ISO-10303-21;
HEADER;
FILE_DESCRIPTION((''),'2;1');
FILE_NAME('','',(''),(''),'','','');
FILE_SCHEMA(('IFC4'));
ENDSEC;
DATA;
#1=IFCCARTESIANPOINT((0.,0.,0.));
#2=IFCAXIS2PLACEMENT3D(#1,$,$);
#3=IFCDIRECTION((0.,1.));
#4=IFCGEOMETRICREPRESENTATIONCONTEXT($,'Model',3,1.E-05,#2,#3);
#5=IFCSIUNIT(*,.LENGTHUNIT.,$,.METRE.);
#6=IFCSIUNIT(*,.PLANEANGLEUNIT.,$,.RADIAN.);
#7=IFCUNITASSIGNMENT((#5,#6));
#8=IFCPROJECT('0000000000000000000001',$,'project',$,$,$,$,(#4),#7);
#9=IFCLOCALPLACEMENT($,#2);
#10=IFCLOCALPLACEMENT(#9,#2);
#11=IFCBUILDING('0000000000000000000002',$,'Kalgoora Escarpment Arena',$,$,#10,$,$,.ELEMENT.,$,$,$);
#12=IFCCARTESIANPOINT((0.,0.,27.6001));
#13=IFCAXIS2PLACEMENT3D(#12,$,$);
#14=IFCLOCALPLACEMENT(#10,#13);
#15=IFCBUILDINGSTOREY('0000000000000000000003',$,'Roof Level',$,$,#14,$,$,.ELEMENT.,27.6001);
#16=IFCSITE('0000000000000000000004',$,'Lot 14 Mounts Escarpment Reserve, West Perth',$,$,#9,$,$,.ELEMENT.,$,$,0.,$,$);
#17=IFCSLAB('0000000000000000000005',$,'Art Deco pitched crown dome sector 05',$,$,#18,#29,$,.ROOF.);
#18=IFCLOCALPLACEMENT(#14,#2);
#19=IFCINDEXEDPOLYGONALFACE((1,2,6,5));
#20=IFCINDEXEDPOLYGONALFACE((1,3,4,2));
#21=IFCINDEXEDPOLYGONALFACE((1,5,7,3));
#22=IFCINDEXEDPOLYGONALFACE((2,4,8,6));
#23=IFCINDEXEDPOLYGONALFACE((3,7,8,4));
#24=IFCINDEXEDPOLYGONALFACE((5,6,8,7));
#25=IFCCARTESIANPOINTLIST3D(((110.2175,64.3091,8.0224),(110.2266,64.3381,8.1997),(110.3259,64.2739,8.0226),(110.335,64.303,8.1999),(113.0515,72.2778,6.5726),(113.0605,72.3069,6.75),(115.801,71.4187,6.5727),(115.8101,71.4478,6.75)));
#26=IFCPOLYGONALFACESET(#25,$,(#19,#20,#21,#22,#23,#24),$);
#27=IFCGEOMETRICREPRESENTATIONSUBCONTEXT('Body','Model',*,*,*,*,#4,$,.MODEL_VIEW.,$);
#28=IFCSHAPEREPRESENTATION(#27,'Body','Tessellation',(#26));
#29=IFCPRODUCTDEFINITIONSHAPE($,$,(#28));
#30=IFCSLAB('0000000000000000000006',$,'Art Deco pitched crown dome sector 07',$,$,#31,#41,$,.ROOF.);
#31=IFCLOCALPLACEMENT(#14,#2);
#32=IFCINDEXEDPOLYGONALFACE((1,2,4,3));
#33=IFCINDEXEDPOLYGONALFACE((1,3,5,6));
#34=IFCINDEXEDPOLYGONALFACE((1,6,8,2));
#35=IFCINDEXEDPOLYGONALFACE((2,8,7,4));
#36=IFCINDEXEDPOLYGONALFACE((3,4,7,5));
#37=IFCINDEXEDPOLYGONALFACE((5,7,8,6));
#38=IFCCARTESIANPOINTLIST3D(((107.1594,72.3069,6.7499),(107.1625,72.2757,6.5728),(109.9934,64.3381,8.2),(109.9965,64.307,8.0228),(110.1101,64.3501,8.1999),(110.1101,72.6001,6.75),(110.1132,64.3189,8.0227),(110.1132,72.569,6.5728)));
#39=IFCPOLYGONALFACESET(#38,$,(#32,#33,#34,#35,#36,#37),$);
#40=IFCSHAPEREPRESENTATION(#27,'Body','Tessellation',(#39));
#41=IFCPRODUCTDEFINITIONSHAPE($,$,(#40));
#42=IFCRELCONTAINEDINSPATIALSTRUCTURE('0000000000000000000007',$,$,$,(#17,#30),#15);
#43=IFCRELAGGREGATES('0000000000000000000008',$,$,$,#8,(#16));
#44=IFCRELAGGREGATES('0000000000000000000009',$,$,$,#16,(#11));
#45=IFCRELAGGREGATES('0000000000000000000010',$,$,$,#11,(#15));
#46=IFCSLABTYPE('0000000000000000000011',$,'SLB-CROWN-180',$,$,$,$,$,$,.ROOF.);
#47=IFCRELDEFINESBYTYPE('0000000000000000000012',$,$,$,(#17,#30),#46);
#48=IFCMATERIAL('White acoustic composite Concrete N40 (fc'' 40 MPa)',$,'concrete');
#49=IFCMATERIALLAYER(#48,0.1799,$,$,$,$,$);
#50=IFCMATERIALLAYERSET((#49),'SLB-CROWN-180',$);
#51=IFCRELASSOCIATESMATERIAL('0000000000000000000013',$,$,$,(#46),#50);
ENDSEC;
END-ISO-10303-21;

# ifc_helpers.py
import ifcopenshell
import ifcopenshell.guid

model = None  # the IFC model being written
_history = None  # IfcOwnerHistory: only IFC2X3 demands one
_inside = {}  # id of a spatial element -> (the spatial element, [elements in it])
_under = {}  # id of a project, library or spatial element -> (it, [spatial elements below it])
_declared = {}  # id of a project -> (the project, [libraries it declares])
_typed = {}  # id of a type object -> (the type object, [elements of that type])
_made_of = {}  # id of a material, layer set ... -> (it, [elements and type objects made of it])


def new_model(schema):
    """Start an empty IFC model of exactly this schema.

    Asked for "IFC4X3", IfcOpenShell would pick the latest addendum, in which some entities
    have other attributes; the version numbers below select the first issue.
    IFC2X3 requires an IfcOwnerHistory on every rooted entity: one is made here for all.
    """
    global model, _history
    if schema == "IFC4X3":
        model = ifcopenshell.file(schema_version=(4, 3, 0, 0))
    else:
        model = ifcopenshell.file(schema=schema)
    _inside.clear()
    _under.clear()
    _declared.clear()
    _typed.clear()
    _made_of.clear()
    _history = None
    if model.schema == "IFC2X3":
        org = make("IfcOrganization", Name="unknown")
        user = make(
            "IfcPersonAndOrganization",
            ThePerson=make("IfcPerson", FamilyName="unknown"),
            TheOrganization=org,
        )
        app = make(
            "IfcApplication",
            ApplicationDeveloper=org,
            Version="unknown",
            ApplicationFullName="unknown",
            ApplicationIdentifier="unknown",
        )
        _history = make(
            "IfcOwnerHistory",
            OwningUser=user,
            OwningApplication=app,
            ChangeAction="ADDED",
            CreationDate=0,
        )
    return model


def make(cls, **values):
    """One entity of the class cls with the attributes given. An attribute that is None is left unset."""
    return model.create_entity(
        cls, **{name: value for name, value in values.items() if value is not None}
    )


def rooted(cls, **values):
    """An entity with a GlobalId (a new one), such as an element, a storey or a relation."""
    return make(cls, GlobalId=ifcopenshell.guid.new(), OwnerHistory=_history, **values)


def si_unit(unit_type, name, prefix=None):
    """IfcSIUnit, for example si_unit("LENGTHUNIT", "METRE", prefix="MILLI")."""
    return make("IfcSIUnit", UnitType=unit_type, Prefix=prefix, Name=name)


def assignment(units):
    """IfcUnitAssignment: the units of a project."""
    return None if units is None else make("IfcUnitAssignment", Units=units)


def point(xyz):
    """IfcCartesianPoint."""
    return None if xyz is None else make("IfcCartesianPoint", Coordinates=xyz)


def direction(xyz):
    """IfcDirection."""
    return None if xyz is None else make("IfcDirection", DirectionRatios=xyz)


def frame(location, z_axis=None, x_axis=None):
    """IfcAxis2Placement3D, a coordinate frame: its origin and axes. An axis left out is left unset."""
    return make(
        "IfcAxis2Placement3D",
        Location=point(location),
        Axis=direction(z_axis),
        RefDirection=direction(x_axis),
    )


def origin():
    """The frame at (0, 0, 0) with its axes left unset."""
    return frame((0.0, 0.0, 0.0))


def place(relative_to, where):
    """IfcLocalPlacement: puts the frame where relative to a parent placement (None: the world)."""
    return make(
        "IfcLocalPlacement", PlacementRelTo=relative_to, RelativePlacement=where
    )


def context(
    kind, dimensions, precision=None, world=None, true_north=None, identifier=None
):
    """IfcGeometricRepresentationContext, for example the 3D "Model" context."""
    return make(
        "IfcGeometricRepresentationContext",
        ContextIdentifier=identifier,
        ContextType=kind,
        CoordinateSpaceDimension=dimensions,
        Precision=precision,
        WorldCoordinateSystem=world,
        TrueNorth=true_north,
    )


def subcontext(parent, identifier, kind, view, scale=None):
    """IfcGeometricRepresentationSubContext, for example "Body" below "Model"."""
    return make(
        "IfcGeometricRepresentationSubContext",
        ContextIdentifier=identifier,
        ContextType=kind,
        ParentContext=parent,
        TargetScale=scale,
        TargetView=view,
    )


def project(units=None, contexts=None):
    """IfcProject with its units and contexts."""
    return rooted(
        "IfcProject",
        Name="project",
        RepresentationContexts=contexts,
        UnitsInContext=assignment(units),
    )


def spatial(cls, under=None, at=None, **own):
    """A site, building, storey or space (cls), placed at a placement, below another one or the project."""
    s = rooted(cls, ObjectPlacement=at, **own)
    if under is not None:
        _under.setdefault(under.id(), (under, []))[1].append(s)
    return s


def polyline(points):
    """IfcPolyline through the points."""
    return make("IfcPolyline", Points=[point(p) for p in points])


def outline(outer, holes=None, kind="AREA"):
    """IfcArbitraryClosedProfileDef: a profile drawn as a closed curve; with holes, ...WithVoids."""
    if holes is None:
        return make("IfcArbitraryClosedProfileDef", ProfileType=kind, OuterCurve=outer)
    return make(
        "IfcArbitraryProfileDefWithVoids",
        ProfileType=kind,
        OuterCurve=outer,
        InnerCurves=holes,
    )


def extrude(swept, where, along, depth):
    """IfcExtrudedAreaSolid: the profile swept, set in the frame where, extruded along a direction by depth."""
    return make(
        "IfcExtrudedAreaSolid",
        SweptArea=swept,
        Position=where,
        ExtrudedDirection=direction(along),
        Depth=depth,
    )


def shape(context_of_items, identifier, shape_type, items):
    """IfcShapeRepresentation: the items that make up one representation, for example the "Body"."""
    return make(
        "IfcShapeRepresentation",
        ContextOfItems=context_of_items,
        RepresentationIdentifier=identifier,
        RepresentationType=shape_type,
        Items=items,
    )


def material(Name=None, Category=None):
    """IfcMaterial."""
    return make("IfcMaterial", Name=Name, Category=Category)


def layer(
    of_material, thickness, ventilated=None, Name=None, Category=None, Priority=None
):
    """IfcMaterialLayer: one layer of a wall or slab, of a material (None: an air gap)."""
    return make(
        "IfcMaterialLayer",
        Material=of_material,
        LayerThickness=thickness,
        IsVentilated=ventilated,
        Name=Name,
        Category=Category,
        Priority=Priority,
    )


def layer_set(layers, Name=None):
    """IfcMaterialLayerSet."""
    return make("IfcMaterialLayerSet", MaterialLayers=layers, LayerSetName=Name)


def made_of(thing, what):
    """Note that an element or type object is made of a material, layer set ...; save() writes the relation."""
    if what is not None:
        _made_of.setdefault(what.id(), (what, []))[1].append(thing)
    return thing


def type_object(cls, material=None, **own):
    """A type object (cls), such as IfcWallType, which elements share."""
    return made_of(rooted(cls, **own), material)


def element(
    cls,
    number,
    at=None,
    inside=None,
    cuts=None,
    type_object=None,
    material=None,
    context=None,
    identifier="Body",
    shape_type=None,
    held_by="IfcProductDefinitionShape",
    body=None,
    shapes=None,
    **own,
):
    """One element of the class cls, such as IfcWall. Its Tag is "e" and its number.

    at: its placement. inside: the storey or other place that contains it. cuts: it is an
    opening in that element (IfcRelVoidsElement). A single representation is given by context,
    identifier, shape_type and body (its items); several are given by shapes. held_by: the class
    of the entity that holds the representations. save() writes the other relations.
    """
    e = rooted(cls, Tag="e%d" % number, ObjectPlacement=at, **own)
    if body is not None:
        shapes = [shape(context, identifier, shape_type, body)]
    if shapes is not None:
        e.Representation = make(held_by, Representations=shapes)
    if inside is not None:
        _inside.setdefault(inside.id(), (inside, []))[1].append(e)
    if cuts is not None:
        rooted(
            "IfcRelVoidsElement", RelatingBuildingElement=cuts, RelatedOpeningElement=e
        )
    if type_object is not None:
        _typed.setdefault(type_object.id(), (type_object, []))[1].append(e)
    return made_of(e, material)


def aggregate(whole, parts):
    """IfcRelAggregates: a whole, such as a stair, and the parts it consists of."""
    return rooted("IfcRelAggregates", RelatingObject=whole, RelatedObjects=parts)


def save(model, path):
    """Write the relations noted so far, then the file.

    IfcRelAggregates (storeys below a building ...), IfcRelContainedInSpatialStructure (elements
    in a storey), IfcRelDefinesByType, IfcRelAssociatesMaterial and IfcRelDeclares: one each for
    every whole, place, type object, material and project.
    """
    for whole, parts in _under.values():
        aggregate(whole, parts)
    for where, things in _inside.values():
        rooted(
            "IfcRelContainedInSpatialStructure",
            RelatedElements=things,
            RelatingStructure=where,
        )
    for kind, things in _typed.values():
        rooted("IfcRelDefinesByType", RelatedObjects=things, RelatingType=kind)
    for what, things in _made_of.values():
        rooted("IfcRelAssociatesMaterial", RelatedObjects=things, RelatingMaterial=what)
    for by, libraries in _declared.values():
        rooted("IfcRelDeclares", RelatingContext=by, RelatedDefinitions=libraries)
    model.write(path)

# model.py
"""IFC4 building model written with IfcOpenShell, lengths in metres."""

from ifc_helpers import new_model, si_unit, direction, frame, origin, place, context, subcontext, project, spatial, polyline, outline, extrude, material, layer, layer_set, type_object, element, save


model = new_model("IFC4")

# Units and contexts
model_context = context("Model", 3, precision=1e-05, world=origin(), true_north=direction((0.0, 1.0)))
body_context = subcontext(model_context, "Body", "Model", "MODEL_VIEW")
ifc_project = project(units=[si_unit("LENGTHUNIT", "METRE"), si_unit("PLANEANGLEUNIT", "RADIAN")], contexts=[model_context])

# Site, building, storey
site_placement = place(None, origin())
site = spatial("IfcSite", under=ifc_project, at=site_placement, Name="Lot 14 Mounts Escarpment Reserve, West Perth", CompositionType="ELEMENT", RefElevation=0.0)
building_placement = place(site_placement, origin())
building = spatial("IfcBuilding", under=site, at=building_placement, Name="Kalgoora Escarpment Arena", CompositionType="ELEMENT")
storey_placement = place(building_placement, frame((0.0, 0.0, 27.6001)))
storey = spatial("IfcBuildingStorey", under=building, at=storey_placement, Name="Roof Level", CompositionType="ELEMENT", Elevation=27.6001)

# Slabs
ifc_material_1 = material(Name="White acoustic composite Concrete N40 (fc' 40 MPa)", Category="concrete")
ifc_layer_1 = layer(ifc_material_1, 0.1799)
ifc_layer_set_1 = layer_set([ifc_layer_1], Name="SLB-CROWN-180")
slab_type = type_object("IfcSlabType", Name="SLB-CROWN-180", PredefinedType="ROOF", material=ifc_layer_set_1)
slab_1_placement = place(storey_placement, frame((115.8101, 71.4478, 6.75), z_axis=(0.050414, 0.16138, 0.985604), x_axis=(-0.95449, 0.298244, -0.000011)))
element("IfcSlab", 1, at=slab_1_placement, inside=storey, type_object=slab_type, Name="Art Deco pitched crown dome sector 05", PredefinedType="ROOF", context=body_context, shape_type="SweptSolid", body=[
    extrude(outline(polyline([(0.0, 0.0), (2.8806, 0.0), (3.209, 8.5747), (3.095, 8.576), (0.0, 0.0)])), origin(), (0.0, 0.0, -1.0), 0.1799),
])
slab_2_placement = place(storey_placement, frame((110.1101, 72.6001, 6.75), z_axis=(-0.017218, 0.173066, 0.98476), x_axis=(-0.995099, -0.098888, -0.00002)))
element("IfcSlab", 2, at=slab_2_placement, inside=storey, type_object=slab_type, Name="Art Deco pitched crown dome sector 07", PredefinedType="ROOF", context=body_context, shape_type="SweptSolid", body=[
    extrude(outline(polyline([(0.0, 0.0), (2.9652, 0.0), (0.9331, 8.337), (0.8158, 8.3366), (0.0, 0.0)])), origin(), (0.0, 0.0, -1.0), 0.1799),
])

save(model, "model.ifc")
